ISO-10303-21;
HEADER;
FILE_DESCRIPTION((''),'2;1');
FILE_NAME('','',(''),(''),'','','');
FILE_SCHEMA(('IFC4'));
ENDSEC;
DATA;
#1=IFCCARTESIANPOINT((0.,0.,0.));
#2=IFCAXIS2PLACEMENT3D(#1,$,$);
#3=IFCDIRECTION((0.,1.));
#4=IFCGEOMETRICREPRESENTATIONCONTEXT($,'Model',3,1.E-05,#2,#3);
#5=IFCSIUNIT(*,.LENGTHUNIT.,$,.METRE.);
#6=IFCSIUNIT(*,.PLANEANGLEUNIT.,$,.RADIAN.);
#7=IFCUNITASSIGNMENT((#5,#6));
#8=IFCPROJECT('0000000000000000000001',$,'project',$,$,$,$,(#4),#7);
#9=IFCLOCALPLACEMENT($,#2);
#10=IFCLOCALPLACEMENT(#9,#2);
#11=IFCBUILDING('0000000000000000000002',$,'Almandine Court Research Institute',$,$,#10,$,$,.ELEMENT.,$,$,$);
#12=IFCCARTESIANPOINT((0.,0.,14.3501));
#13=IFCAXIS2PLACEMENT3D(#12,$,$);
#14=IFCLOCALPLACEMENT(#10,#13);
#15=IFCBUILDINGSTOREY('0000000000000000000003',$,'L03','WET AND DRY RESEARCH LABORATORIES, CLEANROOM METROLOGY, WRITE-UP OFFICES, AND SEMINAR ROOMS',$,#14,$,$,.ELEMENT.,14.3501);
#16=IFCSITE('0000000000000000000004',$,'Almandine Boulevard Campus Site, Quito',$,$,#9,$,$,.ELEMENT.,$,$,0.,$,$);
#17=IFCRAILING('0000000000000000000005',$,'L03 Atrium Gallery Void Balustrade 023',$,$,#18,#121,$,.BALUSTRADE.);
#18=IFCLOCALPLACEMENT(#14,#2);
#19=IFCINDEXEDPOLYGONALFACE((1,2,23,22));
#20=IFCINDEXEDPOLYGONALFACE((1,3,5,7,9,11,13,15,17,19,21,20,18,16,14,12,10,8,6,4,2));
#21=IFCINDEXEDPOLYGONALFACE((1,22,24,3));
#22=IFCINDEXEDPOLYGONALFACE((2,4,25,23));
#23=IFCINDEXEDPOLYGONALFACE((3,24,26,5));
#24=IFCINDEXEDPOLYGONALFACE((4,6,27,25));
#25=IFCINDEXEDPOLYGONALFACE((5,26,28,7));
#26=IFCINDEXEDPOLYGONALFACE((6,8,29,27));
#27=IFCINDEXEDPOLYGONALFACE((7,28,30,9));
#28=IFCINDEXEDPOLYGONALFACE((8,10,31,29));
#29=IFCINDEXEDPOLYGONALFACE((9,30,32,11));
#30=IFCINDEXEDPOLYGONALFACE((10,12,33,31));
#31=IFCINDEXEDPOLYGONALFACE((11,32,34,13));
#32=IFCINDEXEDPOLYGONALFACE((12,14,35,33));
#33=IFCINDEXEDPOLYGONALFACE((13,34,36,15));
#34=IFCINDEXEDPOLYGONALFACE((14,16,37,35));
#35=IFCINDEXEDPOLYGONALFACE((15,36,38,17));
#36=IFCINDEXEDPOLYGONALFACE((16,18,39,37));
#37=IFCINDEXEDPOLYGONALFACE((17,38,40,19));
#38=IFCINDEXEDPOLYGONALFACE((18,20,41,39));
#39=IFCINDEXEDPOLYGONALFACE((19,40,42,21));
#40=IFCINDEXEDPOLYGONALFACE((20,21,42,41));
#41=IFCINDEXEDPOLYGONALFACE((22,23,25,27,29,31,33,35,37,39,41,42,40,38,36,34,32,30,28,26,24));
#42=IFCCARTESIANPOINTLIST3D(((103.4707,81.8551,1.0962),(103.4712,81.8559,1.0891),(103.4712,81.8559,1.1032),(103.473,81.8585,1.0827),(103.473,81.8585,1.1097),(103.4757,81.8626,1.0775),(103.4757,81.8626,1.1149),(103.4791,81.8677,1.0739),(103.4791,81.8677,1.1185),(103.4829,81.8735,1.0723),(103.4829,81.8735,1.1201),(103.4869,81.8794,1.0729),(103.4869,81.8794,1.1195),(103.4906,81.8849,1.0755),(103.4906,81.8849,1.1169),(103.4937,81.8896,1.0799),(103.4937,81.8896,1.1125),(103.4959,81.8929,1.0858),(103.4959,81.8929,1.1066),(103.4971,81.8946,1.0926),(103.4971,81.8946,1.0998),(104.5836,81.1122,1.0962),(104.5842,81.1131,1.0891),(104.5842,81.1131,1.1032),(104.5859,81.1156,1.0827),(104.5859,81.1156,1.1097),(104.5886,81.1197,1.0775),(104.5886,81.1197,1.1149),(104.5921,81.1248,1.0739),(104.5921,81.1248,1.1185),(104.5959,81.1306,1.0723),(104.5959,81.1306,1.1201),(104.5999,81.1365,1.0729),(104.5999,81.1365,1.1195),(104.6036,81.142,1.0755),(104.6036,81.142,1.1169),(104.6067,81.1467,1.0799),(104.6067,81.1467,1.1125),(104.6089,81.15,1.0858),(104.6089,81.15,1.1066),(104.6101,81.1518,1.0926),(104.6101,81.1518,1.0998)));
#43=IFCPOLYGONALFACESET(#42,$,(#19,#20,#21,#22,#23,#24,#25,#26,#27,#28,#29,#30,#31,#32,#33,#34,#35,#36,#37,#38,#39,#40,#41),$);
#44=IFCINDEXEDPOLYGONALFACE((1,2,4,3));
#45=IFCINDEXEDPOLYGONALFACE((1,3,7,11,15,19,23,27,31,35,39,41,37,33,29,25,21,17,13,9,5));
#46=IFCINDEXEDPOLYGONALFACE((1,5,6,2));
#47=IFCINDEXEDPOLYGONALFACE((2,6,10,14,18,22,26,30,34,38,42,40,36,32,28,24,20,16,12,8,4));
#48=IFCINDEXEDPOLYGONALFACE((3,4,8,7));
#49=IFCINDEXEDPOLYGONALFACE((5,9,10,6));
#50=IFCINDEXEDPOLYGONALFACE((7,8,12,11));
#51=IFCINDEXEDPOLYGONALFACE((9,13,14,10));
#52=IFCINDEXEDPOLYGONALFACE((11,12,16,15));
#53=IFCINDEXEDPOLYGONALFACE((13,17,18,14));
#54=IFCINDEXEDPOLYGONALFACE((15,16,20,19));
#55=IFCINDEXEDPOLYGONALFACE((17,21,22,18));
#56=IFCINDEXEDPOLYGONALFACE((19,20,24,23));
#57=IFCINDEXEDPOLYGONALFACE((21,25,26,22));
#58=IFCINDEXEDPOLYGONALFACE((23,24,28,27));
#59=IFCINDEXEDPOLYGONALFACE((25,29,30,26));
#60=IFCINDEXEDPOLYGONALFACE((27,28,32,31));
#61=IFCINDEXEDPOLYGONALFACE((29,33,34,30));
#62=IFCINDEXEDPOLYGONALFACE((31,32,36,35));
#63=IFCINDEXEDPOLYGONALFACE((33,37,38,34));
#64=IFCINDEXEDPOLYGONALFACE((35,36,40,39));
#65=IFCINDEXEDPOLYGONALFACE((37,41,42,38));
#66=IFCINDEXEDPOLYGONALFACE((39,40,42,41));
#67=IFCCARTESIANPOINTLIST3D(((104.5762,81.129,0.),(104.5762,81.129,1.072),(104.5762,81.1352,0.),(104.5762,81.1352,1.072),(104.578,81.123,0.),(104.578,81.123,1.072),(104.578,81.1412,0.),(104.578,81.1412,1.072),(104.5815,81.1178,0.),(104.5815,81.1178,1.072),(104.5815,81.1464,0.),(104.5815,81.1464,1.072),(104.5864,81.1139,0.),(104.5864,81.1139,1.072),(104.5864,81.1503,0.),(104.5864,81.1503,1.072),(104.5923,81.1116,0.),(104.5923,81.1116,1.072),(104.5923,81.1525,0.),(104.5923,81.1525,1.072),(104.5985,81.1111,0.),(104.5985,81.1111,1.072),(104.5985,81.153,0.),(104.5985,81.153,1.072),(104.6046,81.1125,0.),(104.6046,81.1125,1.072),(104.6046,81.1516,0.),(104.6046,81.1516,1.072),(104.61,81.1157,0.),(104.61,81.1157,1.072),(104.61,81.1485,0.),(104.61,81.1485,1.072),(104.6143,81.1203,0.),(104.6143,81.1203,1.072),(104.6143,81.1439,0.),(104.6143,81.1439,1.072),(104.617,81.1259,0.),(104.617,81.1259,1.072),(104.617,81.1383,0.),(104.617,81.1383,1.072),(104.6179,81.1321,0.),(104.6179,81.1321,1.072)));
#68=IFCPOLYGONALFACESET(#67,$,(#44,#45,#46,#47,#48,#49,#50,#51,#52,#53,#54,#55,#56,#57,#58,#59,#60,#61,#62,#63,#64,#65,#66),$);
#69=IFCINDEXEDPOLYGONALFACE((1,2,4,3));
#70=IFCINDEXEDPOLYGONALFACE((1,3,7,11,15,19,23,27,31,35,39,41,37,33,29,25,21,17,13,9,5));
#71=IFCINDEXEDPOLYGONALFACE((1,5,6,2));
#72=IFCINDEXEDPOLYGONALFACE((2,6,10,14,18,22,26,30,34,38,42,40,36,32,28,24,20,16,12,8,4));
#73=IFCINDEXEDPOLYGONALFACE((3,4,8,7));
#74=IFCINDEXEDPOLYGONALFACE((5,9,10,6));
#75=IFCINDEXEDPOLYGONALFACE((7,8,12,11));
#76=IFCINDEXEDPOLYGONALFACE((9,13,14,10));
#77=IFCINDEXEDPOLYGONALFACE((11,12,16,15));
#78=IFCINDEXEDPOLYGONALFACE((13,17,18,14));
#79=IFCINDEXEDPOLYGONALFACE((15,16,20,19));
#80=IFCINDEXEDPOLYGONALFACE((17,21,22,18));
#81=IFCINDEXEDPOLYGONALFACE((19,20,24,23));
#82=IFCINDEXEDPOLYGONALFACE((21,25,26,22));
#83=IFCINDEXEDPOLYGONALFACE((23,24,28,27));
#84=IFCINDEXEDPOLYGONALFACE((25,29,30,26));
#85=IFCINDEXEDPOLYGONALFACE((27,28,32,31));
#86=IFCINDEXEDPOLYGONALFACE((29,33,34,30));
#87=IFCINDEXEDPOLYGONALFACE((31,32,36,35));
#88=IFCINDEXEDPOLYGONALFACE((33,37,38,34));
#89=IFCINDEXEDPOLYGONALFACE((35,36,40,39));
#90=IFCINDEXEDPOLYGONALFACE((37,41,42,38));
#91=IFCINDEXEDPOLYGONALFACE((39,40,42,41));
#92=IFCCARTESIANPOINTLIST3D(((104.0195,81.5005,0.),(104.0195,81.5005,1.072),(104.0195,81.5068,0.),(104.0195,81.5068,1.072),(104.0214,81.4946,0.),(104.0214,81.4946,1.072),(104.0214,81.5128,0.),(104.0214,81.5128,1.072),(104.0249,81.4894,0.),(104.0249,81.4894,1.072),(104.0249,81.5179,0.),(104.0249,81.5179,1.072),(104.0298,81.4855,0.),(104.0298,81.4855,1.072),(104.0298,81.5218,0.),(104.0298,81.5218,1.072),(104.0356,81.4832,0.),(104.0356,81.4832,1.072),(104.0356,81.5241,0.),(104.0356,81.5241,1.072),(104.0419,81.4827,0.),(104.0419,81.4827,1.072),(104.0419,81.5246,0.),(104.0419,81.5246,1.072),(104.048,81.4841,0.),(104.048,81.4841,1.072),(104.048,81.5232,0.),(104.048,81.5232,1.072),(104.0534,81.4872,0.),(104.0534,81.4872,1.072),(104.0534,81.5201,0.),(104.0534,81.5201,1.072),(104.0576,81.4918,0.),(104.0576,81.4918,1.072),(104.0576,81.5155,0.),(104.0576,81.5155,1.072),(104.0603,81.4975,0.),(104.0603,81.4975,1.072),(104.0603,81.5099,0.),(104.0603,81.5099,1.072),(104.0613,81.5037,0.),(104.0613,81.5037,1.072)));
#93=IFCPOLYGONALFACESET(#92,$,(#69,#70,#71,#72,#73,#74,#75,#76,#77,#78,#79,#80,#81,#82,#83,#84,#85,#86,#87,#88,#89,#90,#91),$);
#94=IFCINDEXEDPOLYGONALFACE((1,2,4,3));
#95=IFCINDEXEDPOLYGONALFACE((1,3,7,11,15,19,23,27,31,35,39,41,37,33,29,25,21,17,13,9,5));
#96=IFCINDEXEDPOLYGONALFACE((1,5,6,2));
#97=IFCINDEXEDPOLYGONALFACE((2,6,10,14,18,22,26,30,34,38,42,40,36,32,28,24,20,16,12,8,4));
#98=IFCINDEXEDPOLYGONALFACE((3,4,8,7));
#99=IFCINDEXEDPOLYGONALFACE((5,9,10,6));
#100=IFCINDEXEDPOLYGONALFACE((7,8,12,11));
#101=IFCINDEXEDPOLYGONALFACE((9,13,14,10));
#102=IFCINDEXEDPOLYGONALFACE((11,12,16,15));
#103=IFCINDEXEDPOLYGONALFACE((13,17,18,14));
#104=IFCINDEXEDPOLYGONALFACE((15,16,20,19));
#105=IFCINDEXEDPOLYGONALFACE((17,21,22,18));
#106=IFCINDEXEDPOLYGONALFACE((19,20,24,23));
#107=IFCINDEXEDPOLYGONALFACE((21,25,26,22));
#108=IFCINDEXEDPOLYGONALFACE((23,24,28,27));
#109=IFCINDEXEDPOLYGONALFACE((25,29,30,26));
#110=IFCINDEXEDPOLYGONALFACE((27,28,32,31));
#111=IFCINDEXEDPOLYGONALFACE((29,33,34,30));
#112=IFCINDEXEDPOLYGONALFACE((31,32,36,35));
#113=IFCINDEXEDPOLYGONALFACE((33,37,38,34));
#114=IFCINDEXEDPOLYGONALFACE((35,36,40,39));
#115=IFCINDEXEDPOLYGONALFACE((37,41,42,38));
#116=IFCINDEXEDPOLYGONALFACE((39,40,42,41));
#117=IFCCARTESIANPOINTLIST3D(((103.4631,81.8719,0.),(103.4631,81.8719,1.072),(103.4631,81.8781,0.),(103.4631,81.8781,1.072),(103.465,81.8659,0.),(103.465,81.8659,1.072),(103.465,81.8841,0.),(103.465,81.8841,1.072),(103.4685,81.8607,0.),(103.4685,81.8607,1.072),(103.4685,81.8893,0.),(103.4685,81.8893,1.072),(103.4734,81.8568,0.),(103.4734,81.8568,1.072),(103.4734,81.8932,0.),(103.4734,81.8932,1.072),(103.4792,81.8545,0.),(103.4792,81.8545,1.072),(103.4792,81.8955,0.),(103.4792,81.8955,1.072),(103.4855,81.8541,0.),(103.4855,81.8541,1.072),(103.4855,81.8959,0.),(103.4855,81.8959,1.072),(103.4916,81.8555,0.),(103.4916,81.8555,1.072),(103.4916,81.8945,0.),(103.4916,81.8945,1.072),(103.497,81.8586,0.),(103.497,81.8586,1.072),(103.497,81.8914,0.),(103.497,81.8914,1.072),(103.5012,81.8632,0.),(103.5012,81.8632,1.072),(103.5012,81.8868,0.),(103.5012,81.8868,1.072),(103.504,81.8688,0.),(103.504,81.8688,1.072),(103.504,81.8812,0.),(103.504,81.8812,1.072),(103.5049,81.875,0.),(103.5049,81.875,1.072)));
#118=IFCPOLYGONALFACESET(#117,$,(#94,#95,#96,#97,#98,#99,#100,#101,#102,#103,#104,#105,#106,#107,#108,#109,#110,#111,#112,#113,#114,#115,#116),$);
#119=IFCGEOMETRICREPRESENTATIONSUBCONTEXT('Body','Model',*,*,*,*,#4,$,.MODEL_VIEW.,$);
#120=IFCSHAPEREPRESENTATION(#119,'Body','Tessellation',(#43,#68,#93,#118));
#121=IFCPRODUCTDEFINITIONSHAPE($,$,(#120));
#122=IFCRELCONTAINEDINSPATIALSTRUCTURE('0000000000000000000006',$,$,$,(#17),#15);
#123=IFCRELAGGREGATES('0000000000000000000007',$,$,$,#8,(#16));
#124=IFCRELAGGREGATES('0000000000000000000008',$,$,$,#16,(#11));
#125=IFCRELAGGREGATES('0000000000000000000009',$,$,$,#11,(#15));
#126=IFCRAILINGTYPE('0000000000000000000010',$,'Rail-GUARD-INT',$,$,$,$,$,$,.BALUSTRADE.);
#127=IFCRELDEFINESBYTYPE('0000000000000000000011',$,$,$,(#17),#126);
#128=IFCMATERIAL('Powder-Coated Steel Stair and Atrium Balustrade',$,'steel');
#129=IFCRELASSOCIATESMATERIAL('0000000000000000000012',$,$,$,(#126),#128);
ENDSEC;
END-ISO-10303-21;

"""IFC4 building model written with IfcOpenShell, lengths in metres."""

from ifc_helpers import new_model, si_unit, direction, frame, origin, origin_2d, place, context, subcontext, project, spatial, circle, extrude, material, type_object, element, save


model = new_model("IFC4")

# Units and contexts
model_context = context("Model", 3, precision=1e-05, world=origin(), true_north=direction((0.0, 1.0)))
body_context = subcontext(model_context, "Body", "Model", "MODEL_VIEW")
ifc_project = project(units=[si_unit("LENGTHUNIT", "METRE"), si_unit("PLANEANGLEUNIT", "RADIAN")], contexts=[model_context])

# Site, building, storey
site_placement = place(None, origin())
site = spatial("IfcSite", under=ifc_project, at=site_placement, Name="Almandine Boulevard Campus Site, Quito", CompositionType="ELEMENT", RefElevation=0.0)
building_placement = place(site_placement, origin())
building = spatial("IfcBuilding", under=site, at=building_placement, Name="Almandine Court Research Institute", CompositionType="ELEMENT")
storey_placement = place(building_placement, frame((0.0, 0.0, 14.3501)))
storey = spatial("IfcBuildingStorey", under=building, at=storey_placement, Name="L03", Description="WET AND DRY RESEARCH LABORATORIES, CLEANROOM METROLOGY, WRITE-UP OFFICES, AND SEMINAR ROOMS", CompositionType="ELEMENT", Elevation=14.3501)

# Railing
ifc_material_1 = material(Name="Powder-Coated Steel Stair and Atrium Balustrade", Category="steel")
railing_type = type_object("IfcRailingType", Name="Rail-GUARD-INT", PredefinedType="BALUSTRADE", material=ifc_material_1)
railing_1_placement = place(storey_placement, frame((104.5969, 81.1321, 0.0)))
element("IfcRailing", 1, at=railing_1_placement, inside=storey, type_object=railing_type, Name="L03 Atrium Gallery Void Balustrade 023", PredefinedType="BALUSTRADE", context=body_context, shape_type="SweptSolid", body=[
    extrude(circle(Radius=0.0239, at=origin_2d()), frame((0.0, 0.0, 1.0962), z_axis=(-0.831741, 0.555163, 0.0), x_axis=(-0.555163, -0.831741, 0.0)), (0.0, 0.0, 1.0), 1.3381),
    extrude(circle(Radius=0.021, at=origin_2d()), origin(), (0.0, 0.0, 1.0), 1.072),
    extrude(circle(Radius=0.021, at=origin_2d()), frame((-0.5566, 0.3716, 0.0)), (0.0, 0.0, 1.0), 1.072),
    extrude(circle(Radius=0.021, at=origin_2d()), frame((-1.113, 0.7429, 0.0)), (0.0, 0.0, 1.0), 1.072),
])

save(model, "model.ifc")
